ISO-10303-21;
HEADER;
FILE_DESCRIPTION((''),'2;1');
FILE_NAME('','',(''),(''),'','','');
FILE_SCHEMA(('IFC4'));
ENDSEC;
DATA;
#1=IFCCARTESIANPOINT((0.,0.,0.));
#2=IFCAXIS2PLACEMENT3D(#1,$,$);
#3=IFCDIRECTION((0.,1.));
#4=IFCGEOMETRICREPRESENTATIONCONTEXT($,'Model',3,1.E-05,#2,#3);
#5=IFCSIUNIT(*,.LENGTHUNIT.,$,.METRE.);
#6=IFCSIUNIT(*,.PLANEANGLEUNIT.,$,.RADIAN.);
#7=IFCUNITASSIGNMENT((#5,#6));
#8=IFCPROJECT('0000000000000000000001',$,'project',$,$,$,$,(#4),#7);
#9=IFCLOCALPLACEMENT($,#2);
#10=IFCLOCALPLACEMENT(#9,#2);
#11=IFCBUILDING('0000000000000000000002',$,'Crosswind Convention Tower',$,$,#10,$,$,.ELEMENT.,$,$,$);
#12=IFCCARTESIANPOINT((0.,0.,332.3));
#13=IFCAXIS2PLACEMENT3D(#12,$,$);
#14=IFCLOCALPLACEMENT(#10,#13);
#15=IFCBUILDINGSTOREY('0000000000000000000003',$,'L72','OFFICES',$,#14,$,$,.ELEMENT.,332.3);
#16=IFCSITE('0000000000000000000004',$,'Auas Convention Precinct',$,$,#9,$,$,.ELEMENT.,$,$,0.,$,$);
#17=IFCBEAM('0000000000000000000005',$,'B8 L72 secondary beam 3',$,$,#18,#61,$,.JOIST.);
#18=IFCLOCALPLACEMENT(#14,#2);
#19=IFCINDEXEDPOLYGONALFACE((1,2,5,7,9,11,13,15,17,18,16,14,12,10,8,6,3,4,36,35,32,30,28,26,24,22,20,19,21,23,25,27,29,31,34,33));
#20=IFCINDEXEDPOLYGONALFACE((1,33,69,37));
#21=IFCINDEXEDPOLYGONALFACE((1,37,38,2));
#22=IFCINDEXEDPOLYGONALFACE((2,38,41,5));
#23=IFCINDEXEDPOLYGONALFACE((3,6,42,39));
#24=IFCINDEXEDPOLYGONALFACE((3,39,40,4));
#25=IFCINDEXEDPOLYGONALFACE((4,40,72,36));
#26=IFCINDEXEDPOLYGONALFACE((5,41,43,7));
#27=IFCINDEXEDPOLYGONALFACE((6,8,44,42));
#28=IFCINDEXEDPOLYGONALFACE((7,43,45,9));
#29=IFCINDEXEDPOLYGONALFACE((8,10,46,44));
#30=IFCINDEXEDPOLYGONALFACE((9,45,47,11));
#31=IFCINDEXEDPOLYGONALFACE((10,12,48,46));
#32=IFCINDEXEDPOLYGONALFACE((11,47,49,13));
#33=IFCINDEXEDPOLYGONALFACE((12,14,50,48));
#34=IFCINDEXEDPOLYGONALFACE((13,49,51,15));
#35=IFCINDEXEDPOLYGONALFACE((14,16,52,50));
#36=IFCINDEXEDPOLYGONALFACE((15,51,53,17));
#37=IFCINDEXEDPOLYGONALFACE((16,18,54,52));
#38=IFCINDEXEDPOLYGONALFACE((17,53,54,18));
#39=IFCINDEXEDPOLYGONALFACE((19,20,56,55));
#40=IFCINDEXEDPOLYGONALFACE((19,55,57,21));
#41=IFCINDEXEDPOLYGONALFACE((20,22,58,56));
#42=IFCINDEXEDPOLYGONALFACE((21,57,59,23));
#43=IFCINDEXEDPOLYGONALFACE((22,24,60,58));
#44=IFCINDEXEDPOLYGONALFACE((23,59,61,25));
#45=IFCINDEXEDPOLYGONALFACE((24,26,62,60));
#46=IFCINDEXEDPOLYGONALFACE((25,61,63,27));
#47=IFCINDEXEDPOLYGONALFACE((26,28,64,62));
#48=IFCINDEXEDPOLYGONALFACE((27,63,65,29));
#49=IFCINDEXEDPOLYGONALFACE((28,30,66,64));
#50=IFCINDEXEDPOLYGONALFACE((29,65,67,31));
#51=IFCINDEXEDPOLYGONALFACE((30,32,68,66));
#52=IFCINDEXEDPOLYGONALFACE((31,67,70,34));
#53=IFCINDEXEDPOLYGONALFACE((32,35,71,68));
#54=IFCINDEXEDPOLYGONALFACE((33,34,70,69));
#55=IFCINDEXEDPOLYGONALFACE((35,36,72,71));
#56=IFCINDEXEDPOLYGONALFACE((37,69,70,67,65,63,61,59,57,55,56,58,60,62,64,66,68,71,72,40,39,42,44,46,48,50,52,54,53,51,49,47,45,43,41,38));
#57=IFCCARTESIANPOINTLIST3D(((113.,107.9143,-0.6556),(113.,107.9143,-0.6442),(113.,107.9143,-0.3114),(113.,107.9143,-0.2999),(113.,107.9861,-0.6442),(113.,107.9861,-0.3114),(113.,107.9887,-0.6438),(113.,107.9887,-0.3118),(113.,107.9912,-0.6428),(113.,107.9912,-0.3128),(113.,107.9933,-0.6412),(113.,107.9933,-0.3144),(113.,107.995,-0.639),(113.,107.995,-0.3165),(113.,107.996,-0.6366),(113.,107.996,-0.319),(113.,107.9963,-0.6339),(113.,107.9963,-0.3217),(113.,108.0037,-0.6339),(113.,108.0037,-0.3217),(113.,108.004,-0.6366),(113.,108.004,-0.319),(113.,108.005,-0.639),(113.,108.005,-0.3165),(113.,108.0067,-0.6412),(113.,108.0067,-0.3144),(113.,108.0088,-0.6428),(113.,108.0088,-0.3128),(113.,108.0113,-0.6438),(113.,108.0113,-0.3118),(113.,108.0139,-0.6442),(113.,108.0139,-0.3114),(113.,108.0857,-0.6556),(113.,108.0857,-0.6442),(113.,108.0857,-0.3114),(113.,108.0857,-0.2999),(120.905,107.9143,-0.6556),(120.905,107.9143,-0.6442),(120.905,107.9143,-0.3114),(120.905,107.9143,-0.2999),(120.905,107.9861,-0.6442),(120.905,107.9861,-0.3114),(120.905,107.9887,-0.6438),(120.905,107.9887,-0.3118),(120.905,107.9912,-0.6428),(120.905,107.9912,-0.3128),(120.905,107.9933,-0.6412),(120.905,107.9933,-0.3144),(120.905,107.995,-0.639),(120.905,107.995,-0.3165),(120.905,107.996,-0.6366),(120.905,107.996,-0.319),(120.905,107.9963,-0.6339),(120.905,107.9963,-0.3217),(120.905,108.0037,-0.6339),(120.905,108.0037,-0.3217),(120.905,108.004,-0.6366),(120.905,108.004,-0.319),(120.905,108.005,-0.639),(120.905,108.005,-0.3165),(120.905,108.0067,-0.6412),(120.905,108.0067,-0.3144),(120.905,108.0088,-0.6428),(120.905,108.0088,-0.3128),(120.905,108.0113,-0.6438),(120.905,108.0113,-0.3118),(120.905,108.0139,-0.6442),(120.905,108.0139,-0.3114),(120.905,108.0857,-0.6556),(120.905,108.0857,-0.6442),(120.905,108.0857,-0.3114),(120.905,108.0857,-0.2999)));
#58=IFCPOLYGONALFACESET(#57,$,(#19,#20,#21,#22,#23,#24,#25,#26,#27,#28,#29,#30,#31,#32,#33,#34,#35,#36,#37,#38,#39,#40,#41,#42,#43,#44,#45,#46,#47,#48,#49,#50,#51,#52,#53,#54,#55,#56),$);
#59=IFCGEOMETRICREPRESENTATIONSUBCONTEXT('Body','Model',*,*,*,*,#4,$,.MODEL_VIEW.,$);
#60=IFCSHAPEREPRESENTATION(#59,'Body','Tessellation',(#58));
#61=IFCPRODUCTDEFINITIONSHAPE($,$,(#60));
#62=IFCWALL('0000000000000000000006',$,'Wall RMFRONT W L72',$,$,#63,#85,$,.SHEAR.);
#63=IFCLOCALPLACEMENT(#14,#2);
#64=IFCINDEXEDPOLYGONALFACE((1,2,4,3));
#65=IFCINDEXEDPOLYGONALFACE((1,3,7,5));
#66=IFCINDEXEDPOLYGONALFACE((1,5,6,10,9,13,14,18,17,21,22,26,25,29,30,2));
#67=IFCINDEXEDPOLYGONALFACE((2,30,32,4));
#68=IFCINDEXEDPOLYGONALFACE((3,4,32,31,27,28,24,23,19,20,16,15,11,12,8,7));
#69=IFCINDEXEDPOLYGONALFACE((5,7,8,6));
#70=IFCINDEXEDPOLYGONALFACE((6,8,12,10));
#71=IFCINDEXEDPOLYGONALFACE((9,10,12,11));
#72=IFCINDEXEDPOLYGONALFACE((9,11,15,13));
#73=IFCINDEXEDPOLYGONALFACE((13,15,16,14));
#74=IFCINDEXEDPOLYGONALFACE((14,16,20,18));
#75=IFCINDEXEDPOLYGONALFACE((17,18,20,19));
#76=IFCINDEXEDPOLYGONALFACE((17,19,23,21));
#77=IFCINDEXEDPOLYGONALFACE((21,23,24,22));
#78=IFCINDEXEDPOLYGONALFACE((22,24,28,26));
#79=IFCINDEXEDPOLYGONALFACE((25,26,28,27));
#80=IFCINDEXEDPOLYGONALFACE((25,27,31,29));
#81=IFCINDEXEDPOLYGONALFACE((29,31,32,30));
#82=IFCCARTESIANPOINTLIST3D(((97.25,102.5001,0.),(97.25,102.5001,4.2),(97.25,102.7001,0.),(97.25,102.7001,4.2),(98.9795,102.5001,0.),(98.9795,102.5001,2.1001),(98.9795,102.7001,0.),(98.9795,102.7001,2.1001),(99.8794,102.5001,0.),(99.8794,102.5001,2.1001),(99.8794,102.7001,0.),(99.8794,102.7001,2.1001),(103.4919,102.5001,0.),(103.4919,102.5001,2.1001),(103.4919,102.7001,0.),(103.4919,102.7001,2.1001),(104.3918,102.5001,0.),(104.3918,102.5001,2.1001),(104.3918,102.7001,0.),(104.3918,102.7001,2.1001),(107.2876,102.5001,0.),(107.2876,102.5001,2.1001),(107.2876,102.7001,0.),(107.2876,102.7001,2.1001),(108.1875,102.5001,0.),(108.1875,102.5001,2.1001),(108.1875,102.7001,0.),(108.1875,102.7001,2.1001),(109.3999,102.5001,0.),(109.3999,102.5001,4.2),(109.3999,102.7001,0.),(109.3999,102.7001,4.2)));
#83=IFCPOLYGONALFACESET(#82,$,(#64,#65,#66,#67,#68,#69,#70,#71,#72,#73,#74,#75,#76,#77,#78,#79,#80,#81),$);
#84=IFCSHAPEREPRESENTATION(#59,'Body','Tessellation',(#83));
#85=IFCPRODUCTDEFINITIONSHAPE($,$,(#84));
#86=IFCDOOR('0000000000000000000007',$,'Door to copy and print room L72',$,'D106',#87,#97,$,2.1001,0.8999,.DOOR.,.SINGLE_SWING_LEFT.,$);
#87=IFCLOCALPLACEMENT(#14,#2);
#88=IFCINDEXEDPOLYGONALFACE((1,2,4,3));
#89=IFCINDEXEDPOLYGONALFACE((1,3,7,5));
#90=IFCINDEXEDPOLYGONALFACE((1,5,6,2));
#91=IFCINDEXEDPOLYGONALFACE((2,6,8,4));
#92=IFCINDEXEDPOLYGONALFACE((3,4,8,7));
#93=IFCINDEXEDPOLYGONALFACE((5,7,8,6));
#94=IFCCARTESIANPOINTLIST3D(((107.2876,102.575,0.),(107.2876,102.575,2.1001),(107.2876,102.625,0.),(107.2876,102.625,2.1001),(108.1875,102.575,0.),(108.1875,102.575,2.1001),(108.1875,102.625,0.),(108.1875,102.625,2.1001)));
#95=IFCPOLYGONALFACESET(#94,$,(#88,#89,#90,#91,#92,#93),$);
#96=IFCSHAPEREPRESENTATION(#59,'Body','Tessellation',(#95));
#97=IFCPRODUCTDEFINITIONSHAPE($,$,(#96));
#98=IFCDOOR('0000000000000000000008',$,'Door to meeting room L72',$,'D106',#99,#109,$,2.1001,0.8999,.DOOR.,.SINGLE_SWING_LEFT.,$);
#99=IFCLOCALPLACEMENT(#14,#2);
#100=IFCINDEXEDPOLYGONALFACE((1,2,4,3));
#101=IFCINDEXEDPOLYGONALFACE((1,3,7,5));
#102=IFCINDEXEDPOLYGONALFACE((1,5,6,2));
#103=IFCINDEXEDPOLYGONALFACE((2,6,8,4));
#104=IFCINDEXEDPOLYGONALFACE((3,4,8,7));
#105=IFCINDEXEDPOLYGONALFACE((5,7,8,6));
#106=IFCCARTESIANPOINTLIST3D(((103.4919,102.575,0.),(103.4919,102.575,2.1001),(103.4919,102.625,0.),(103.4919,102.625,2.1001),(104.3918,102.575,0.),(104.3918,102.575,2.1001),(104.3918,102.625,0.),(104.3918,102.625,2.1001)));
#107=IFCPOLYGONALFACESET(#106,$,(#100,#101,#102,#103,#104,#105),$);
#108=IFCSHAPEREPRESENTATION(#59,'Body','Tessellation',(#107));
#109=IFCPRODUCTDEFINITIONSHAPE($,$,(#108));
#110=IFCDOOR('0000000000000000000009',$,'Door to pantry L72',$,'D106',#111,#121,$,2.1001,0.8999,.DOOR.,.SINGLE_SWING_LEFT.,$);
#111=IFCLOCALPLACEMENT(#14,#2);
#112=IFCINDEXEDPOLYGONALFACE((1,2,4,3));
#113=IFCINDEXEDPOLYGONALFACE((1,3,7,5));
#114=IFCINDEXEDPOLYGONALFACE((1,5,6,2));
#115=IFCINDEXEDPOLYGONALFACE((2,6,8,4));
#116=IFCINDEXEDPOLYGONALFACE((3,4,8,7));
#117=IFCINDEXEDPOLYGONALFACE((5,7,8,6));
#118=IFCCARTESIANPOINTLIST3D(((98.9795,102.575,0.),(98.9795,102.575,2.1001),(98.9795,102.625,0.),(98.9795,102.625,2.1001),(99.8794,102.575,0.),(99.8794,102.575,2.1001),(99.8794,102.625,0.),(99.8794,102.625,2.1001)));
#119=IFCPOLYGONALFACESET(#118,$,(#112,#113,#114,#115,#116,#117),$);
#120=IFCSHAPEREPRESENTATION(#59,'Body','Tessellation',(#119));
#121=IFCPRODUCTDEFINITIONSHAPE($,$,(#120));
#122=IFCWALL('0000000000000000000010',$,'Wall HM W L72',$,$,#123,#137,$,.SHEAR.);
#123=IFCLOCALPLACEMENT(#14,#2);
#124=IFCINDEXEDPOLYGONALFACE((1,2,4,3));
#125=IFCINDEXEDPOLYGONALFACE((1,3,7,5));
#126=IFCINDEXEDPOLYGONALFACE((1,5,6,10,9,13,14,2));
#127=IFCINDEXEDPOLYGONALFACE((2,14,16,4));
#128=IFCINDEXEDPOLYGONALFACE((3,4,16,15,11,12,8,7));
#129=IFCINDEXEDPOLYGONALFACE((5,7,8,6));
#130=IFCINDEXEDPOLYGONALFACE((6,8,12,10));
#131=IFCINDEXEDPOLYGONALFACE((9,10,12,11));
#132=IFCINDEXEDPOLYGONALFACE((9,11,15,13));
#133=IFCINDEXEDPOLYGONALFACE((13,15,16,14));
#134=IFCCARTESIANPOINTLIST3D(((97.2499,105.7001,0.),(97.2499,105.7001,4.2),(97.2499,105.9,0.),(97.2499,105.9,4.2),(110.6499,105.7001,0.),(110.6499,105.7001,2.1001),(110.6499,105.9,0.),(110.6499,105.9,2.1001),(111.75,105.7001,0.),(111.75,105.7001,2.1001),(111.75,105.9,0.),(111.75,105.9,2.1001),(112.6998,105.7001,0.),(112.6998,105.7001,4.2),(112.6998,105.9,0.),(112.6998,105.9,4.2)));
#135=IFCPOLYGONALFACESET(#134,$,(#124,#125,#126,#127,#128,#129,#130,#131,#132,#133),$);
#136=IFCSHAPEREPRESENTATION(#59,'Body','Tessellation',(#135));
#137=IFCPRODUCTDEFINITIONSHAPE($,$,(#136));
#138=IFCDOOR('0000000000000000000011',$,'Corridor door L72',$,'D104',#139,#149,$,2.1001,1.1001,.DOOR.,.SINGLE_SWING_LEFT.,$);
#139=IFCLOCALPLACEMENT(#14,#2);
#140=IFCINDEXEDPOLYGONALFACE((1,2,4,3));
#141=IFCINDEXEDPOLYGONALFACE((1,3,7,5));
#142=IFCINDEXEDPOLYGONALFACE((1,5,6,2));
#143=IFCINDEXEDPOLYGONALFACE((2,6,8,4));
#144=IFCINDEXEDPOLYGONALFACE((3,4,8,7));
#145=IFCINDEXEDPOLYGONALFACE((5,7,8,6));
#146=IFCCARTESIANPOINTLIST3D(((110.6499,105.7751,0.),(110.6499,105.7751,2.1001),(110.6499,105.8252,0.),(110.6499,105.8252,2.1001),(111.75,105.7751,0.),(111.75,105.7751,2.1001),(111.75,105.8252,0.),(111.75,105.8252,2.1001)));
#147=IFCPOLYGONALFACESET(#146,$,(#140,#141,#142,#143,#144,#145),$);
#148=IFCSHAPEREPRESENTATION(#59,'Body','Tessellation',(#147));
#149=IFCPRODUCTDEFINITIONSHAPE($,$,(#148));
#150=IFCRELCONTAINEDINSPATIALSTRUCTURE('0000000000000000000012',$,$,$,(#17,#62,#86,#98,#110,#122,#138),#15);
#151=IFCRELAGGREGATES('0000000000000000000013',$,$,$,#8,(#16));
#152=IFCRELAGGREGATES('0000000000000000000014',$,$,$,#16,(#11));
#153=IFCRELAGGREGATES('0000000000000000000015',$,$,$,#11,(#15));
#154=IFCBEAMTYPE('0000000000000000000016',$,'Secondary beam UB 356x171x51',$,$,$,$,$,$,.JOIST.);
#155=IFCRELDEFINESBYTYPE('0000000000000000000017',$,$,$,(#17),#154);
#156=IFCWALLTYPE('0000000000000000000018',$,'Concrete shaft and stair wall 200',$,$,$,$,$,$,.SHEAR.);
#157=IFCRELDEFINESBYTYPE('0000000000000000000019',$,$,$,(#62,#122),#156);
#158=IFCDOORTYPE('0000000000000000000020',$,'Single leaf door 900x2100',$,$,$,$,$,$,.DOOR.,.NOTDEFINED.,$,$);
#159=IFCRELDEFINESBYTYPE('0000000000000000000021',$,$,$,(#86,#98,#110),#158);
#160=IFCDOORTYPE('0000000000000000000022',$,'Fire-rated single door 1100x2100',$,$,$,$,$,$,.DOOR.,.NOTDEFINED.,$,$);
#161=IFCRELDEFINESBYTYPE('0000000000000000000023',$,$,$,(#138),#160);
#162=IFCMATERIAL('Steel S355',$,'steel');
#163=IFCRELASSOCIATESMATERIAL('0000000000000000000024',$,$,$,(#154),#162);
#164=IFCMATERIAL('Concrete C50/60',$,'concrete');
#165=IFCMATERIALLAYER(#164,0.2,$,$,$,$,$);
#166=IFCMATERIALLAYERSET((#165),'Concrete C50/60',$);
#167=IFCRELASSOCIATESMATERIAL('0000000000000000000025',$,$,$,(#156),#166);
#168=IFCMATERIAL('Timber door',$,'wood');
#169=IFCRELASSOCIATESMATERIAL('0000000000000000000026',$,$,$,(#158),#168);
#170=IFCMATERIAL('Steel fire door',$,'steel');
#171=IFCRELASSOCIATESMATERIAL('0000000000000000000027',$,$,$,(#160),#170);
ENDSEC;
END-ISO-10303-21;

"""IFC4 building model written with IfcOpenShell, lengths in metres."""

from ifc_helpers import new_model, si_unit, direction, frame, frame_2d, origin, origin_2d, place, context, subcontext, project, spatial, rectangle, i_section, extrude, material, layer, layer_set, material_profile, profile_set, type_object, element, fill, save


model = new_model("IFC4")

# Units and contexts
model_context = context("Model", 3, precision=1e-05, world=origin(), true_north=direction((0.0, 1.0)))
body_context = subcontext(model_context, "Body", "Model", "MODEL_VIEW")
ifc_project = project(units=[si_unit("LENGTHUNIT", "METRE"), si_unit("PLANEANGLEUNIT", "RADIAN")], contexts=[model_context])

# Site, building, storey
site_placement = place(None, origin())
site = spatial("IfcSite", under=ifc_project, at=site_placement, Name="Auas Convention Precinct", CompositionType="ELEMENT", RefElevation=0.0)
building_placement = place(site_placement, origin())
building = spatial("IfcBuilding", under=site, at=building_placement, Name="Crosswind Convention Tower", CompositionType="ELEMENT")
storey_placement = place(building_placement, frame((0.0, 0.0, 332.3)))
storey = spatial("IfcBuildingStorey", under=building, at=storey_placement, Name="L72", Description="OFFICES", CompositionType="ELEMENT", Elevation=332.3)

# Beam
ifc_material_1 = material(Name="Steel S355", Category="steel")
ifc_material_profile_1 = material_profile(ifc_material_1, i_section(OverallWidth=0.1714, OverallDepth=0.3557, WebThickness=0.0073, FlangeThickness=0.0115, FilletRadius=0.0103, at=origin_2d()), Name="UB 356x171x51")
ifc_profile_set_1 = profile_set([ifc_material_profile_1], Name="Steel S355")
beam_type_1 = type_object("IfcBeamType", Name="Secondary beam UB 356x171x51", PredefinedType="JOIST", material=ifc_profile_set_1)
for number, where, z_axis, x_axis, name in (
    (1, (113.0, 108.0, -0.4778), (1.0, 0.0, 0.0), (0.0, 1.0, 0.0), "B8 L72 secondary beam 3"),
):
    element("IfcBeam", number, at=place(storey_placement, frame(where, z_axis=z_axis, x_axis=x_axis)), inside=storey, type_object=beam_type_1, Name=name, PredefinedType="JOIST", context=body_context, shape_type="SweptSolid", body=[
        extrude(i_section(OverallWidth=0.1714, OverallDepth=0.3557, WebThickness=0.0073, FlangeThickness=0.0115, FilletRadius=0.0103, at=origin_2d()), origin(), (0.0, 0.0, 1.0), 7.905),
    ])

# Wall, openings, doors
ifc_material_2 = material(Name="Concrete C50/60", Category="concrete")
ifc_layer_1 = layer(ifc_material_2, 0.2)
ifc_layer_set_1 = layer_set([ifc_layer_1], Name="Concrete C50/60")
wall_type_1 = type_object("IfcWallType", Name="Concrete shaft and stair wall 200", PredefinedType="SHEAR", material=ifc_layer_set_1)
wall_1_placement = place(storey_placement, frame((109.3999, 102.6001, 0.0), z_axis=(0.0, 0.0, 1.0), x_axis=(-1.0, 0.0, 0.0)))
wall_1 = element("IfcWall", 2, at=wall_1_placement, inside=storey, type_object=wall_type_1, Name="Wall RMFRONT W L72", PredefinedType="SHEAR", context=body_context, shape_type="SweptSolid", body=[
    extrude(rectangle(XDim=12.1499, YDim=0.2, at=frame_2d((6.075, 0.0))), origin(), (0.0, 0.0, 1.0), 4.2),
])
opening_1_placement = place(wall_1_placement, frame((1.2124, 0.0, 0.0)))
opening_1 = element("IfcOpeningElement", 3, at=opening_1_placement, cuts=wall_1, PredefinedType="OPENING", context=body_context, shape_type="SweptSolid", body=[
    extrude(rectangle(XDim=0.8999, YDim=2.1001, at=frame_2d((0.45, 1.05))), frame((0.0, 0.1099, 0.0), z_axis=(0.0, -1.0, 0.0), x_axis=(1.0, 0.0, 0.0)), (0.0, 0.0, 1.0), 0.22),
])
opening_2_placement = place(wall_1_placement, frame((5.0081, 0.0, 0.0)))
opening_2 = element("IfcOpeningElement", 4, at=opening_2_placement, cuts=wall_1, PredefinedType="OPENING", context=body_context, shape_type="SweptSolid", body=[
    extrude(rectangle(XDim=0.8999, YDim=2.1001, at=frame_2d((0.45, 1.05))), frame((0.0, 0.1099, 0.0), z_axis=(0.0, -1.0, 0.0), x_axis=(1.0, 0.0, 0.0)), (0.0, 0.0, 1.0), 0.22),
])
opening_3_placement = place(wall_1_placement, frame((9.5205, 0.0, 0.0)))
opening_3 = element("IfcOpeningElement", 5, at=opening_3_placement, cuts=wall_1, PredefinedType="OPENING", context=body_context, shape_type="SweptSolid", body=[
    extrude(rectangle(XDim=0.8999, YDim=2.1001, at=frame_2d((0.45, 1.05))), frame((0.0, 0.1099, 0.0), z_axis=(0.0, -1.0, 0.0), x_axis=(1.0, 0.0, 0.0)), (0.0, 0.0, 1.0), 0.22),
])
ifc_material_3 = material(Name="Timber door", Category="wood")
door_type_1 = type_object("IfcDoorType", Name="Single leaf door 900x2100", OperationType="NOTDEFINED", PredefinedType="DOOR", material=ifc_material_3)
door_1_placement = place(opening_1_placement, frame((0.8999, 0.0, 0.0), z_axis=(0.0, 0.0, 1.0), x_axis=(-1.0, 0.0, 0.0)))
door_1 = element("IfcDoor", 6, at=door_1_placement, inside=storey, type_object=door_type_1, Name="Door to copy and print room L72", ObjectType="D106", OperationType="SINGLE_SWING_LEFT", OverallHeight=2.1001, OverallWidth=0.8999, PredefinedType="DOOR", context=body_context, shape_type="SweptSolid", body=[
    extrude(rectangle(XDim=0.8999, YDim=2.1001, at=frame_2d((0.45, 1.05))), frame((0.0, 0.0249, 0.0), z_axis=(0.0, -1.0, 0.0), x_axis=(1.0, 0.0, 0.0)), (0.0, 0.0, 1.0), 0.05),
])
fill(opening_1, door_1)
door_2_placement = place(opening_2_placement, frame((0.8999, 0.0, 0.0), z_axis=(0.0, 0.0, 1.0), x_axis=(-1.0, 0.0, 0.0)))
door_2 = element("IfcDoor", 7, at=door_2_placement, inside=storey, type_object=door_type_1, Name="Door to meeting room L72", ObjectType="D106", OperationType="SINGLE_SWING_LEFT", OverallHeight=2.1001, OverallWidth=0.8999, PredefinedType="DOOR", context=body_context, shape_type="SweptSolid", body=[
    extrude(rectangle(XDim=0.8999, YDim=2.1001, at=frame_2d((0.45, 1.05))), frame((0.0, 0.0249, 0.0), z_axis=(0.0, -1.0, 0.0), x_axis=(1.0, 0.0, 0.0)), (0.0, 0.0, 1.0), 0.05),
])
fill(opening_2, door_2)
door_3_placement = place(opening_3_placement, frame((0.8999, 0.0, 0.0), z_axis=(0.0, 0.0, 1.0), x_axis=(-1.0, 0.0, 0.0)))
door_3 = element("IfcDoor", 8, at=door_3_placement, inside=storey, type_object=door_type_1, Name="Door to pantry L72", ObjectType="D106", OperationType="SINGLE_SWING_LEFT", OverallHeight=2.1001, OverallWidth=0.8999, PredefinedType="DOOR", context=body_context, shape_type="SweptSolid", body=[
    extrude(rectangle(XDim=0.8999, YDim=2.1001, at=frame_2d((0.45, 1.05))), frame((0.0, 0.0249, 0.0), z_axis=(0.0, -1.0, 0.0), x_axis=(1.0, 0.0, 0.0)), (0.0, 0.0, 1.0), 0.05),
])
fill(opening_3, door_3)

# Wall, opening, door
wall_2_placement = place(storey_placement, frame((112.7, 105.8, 0.0), z_axis=(0.0, 0.0, 1.0), x_axis=(-1.0, 0.0, 0.0)))
wall_2 = element("IfcWall", 9, at=wall_2_placement, inside=storey, type_object=wall_type_1, Name="Wall HM W L72", PredefinedType="SHEAR", context=body_context, shape_type="SweptSolid", body=[
    extrude(rectangle(XDim=15.45, YDim=0.2, at=frame_2d((7.7251, 0.0))), origin(), (0.0, 0.0, 1.0), 4.2),
])
opening_4_placement = place(wall_2_placement, frame((0.95, 0.0, 0.0)))
opening_4 = element("IfcOpeningElement", 10, at=opening_4_placement, cuts=wall_2, PredefinedType="OPENING", context=body_context, shape_type="SweptSolid", body=[
    extrude(rectangle(XDim=1.1001, YDim=2.1001, at=frame_2d((0.55, 1.05))), frame((0.0, 0.1099, 0.0), z_axis=(0.0, -1.0, 0.0), x_axis=(1.0, 0.0, 0.0)), (0.0, 0.0, 1.0), 0.22),
])
ifc_material_4 = material(Name="Steel fire door", Category="steel")
door_type_2 = type_object("IfcDoorType", Name="Fire-rated single door 1100x2100", OperationType="NOTDEFINED", PredefinedType="DOOR", material=ifc_material_4)
door_4_placement = place(opening_4_placement, origin())
door_4 = element("IfcDoor", 11, at=door_4_placement, inside=storey, type_object=door_type_2, Name="Corridor door L72", ObjectType="D104", OperationType="SINGLE_SWING_LEFT", OverallHeight=2.1001, OverallWidth=1.1001, PredefinedType="DOOR", context=body_context, shape_type="SweptSolid", body=[
    extrude(rectangle(XDim=1.1001, YDim=2.1001, at=frame_2d((0.55, 1.05))), frame((0.0, 0.0249, 0.0), z_axis=(0.0, -1.0, 0.0), x_axis=(1.0, 0.0, 0.0)), (0.0, 0.0, 1.0), 0.05),
])
fill(opening_4, door_4)

save(model, "model.ifc")
